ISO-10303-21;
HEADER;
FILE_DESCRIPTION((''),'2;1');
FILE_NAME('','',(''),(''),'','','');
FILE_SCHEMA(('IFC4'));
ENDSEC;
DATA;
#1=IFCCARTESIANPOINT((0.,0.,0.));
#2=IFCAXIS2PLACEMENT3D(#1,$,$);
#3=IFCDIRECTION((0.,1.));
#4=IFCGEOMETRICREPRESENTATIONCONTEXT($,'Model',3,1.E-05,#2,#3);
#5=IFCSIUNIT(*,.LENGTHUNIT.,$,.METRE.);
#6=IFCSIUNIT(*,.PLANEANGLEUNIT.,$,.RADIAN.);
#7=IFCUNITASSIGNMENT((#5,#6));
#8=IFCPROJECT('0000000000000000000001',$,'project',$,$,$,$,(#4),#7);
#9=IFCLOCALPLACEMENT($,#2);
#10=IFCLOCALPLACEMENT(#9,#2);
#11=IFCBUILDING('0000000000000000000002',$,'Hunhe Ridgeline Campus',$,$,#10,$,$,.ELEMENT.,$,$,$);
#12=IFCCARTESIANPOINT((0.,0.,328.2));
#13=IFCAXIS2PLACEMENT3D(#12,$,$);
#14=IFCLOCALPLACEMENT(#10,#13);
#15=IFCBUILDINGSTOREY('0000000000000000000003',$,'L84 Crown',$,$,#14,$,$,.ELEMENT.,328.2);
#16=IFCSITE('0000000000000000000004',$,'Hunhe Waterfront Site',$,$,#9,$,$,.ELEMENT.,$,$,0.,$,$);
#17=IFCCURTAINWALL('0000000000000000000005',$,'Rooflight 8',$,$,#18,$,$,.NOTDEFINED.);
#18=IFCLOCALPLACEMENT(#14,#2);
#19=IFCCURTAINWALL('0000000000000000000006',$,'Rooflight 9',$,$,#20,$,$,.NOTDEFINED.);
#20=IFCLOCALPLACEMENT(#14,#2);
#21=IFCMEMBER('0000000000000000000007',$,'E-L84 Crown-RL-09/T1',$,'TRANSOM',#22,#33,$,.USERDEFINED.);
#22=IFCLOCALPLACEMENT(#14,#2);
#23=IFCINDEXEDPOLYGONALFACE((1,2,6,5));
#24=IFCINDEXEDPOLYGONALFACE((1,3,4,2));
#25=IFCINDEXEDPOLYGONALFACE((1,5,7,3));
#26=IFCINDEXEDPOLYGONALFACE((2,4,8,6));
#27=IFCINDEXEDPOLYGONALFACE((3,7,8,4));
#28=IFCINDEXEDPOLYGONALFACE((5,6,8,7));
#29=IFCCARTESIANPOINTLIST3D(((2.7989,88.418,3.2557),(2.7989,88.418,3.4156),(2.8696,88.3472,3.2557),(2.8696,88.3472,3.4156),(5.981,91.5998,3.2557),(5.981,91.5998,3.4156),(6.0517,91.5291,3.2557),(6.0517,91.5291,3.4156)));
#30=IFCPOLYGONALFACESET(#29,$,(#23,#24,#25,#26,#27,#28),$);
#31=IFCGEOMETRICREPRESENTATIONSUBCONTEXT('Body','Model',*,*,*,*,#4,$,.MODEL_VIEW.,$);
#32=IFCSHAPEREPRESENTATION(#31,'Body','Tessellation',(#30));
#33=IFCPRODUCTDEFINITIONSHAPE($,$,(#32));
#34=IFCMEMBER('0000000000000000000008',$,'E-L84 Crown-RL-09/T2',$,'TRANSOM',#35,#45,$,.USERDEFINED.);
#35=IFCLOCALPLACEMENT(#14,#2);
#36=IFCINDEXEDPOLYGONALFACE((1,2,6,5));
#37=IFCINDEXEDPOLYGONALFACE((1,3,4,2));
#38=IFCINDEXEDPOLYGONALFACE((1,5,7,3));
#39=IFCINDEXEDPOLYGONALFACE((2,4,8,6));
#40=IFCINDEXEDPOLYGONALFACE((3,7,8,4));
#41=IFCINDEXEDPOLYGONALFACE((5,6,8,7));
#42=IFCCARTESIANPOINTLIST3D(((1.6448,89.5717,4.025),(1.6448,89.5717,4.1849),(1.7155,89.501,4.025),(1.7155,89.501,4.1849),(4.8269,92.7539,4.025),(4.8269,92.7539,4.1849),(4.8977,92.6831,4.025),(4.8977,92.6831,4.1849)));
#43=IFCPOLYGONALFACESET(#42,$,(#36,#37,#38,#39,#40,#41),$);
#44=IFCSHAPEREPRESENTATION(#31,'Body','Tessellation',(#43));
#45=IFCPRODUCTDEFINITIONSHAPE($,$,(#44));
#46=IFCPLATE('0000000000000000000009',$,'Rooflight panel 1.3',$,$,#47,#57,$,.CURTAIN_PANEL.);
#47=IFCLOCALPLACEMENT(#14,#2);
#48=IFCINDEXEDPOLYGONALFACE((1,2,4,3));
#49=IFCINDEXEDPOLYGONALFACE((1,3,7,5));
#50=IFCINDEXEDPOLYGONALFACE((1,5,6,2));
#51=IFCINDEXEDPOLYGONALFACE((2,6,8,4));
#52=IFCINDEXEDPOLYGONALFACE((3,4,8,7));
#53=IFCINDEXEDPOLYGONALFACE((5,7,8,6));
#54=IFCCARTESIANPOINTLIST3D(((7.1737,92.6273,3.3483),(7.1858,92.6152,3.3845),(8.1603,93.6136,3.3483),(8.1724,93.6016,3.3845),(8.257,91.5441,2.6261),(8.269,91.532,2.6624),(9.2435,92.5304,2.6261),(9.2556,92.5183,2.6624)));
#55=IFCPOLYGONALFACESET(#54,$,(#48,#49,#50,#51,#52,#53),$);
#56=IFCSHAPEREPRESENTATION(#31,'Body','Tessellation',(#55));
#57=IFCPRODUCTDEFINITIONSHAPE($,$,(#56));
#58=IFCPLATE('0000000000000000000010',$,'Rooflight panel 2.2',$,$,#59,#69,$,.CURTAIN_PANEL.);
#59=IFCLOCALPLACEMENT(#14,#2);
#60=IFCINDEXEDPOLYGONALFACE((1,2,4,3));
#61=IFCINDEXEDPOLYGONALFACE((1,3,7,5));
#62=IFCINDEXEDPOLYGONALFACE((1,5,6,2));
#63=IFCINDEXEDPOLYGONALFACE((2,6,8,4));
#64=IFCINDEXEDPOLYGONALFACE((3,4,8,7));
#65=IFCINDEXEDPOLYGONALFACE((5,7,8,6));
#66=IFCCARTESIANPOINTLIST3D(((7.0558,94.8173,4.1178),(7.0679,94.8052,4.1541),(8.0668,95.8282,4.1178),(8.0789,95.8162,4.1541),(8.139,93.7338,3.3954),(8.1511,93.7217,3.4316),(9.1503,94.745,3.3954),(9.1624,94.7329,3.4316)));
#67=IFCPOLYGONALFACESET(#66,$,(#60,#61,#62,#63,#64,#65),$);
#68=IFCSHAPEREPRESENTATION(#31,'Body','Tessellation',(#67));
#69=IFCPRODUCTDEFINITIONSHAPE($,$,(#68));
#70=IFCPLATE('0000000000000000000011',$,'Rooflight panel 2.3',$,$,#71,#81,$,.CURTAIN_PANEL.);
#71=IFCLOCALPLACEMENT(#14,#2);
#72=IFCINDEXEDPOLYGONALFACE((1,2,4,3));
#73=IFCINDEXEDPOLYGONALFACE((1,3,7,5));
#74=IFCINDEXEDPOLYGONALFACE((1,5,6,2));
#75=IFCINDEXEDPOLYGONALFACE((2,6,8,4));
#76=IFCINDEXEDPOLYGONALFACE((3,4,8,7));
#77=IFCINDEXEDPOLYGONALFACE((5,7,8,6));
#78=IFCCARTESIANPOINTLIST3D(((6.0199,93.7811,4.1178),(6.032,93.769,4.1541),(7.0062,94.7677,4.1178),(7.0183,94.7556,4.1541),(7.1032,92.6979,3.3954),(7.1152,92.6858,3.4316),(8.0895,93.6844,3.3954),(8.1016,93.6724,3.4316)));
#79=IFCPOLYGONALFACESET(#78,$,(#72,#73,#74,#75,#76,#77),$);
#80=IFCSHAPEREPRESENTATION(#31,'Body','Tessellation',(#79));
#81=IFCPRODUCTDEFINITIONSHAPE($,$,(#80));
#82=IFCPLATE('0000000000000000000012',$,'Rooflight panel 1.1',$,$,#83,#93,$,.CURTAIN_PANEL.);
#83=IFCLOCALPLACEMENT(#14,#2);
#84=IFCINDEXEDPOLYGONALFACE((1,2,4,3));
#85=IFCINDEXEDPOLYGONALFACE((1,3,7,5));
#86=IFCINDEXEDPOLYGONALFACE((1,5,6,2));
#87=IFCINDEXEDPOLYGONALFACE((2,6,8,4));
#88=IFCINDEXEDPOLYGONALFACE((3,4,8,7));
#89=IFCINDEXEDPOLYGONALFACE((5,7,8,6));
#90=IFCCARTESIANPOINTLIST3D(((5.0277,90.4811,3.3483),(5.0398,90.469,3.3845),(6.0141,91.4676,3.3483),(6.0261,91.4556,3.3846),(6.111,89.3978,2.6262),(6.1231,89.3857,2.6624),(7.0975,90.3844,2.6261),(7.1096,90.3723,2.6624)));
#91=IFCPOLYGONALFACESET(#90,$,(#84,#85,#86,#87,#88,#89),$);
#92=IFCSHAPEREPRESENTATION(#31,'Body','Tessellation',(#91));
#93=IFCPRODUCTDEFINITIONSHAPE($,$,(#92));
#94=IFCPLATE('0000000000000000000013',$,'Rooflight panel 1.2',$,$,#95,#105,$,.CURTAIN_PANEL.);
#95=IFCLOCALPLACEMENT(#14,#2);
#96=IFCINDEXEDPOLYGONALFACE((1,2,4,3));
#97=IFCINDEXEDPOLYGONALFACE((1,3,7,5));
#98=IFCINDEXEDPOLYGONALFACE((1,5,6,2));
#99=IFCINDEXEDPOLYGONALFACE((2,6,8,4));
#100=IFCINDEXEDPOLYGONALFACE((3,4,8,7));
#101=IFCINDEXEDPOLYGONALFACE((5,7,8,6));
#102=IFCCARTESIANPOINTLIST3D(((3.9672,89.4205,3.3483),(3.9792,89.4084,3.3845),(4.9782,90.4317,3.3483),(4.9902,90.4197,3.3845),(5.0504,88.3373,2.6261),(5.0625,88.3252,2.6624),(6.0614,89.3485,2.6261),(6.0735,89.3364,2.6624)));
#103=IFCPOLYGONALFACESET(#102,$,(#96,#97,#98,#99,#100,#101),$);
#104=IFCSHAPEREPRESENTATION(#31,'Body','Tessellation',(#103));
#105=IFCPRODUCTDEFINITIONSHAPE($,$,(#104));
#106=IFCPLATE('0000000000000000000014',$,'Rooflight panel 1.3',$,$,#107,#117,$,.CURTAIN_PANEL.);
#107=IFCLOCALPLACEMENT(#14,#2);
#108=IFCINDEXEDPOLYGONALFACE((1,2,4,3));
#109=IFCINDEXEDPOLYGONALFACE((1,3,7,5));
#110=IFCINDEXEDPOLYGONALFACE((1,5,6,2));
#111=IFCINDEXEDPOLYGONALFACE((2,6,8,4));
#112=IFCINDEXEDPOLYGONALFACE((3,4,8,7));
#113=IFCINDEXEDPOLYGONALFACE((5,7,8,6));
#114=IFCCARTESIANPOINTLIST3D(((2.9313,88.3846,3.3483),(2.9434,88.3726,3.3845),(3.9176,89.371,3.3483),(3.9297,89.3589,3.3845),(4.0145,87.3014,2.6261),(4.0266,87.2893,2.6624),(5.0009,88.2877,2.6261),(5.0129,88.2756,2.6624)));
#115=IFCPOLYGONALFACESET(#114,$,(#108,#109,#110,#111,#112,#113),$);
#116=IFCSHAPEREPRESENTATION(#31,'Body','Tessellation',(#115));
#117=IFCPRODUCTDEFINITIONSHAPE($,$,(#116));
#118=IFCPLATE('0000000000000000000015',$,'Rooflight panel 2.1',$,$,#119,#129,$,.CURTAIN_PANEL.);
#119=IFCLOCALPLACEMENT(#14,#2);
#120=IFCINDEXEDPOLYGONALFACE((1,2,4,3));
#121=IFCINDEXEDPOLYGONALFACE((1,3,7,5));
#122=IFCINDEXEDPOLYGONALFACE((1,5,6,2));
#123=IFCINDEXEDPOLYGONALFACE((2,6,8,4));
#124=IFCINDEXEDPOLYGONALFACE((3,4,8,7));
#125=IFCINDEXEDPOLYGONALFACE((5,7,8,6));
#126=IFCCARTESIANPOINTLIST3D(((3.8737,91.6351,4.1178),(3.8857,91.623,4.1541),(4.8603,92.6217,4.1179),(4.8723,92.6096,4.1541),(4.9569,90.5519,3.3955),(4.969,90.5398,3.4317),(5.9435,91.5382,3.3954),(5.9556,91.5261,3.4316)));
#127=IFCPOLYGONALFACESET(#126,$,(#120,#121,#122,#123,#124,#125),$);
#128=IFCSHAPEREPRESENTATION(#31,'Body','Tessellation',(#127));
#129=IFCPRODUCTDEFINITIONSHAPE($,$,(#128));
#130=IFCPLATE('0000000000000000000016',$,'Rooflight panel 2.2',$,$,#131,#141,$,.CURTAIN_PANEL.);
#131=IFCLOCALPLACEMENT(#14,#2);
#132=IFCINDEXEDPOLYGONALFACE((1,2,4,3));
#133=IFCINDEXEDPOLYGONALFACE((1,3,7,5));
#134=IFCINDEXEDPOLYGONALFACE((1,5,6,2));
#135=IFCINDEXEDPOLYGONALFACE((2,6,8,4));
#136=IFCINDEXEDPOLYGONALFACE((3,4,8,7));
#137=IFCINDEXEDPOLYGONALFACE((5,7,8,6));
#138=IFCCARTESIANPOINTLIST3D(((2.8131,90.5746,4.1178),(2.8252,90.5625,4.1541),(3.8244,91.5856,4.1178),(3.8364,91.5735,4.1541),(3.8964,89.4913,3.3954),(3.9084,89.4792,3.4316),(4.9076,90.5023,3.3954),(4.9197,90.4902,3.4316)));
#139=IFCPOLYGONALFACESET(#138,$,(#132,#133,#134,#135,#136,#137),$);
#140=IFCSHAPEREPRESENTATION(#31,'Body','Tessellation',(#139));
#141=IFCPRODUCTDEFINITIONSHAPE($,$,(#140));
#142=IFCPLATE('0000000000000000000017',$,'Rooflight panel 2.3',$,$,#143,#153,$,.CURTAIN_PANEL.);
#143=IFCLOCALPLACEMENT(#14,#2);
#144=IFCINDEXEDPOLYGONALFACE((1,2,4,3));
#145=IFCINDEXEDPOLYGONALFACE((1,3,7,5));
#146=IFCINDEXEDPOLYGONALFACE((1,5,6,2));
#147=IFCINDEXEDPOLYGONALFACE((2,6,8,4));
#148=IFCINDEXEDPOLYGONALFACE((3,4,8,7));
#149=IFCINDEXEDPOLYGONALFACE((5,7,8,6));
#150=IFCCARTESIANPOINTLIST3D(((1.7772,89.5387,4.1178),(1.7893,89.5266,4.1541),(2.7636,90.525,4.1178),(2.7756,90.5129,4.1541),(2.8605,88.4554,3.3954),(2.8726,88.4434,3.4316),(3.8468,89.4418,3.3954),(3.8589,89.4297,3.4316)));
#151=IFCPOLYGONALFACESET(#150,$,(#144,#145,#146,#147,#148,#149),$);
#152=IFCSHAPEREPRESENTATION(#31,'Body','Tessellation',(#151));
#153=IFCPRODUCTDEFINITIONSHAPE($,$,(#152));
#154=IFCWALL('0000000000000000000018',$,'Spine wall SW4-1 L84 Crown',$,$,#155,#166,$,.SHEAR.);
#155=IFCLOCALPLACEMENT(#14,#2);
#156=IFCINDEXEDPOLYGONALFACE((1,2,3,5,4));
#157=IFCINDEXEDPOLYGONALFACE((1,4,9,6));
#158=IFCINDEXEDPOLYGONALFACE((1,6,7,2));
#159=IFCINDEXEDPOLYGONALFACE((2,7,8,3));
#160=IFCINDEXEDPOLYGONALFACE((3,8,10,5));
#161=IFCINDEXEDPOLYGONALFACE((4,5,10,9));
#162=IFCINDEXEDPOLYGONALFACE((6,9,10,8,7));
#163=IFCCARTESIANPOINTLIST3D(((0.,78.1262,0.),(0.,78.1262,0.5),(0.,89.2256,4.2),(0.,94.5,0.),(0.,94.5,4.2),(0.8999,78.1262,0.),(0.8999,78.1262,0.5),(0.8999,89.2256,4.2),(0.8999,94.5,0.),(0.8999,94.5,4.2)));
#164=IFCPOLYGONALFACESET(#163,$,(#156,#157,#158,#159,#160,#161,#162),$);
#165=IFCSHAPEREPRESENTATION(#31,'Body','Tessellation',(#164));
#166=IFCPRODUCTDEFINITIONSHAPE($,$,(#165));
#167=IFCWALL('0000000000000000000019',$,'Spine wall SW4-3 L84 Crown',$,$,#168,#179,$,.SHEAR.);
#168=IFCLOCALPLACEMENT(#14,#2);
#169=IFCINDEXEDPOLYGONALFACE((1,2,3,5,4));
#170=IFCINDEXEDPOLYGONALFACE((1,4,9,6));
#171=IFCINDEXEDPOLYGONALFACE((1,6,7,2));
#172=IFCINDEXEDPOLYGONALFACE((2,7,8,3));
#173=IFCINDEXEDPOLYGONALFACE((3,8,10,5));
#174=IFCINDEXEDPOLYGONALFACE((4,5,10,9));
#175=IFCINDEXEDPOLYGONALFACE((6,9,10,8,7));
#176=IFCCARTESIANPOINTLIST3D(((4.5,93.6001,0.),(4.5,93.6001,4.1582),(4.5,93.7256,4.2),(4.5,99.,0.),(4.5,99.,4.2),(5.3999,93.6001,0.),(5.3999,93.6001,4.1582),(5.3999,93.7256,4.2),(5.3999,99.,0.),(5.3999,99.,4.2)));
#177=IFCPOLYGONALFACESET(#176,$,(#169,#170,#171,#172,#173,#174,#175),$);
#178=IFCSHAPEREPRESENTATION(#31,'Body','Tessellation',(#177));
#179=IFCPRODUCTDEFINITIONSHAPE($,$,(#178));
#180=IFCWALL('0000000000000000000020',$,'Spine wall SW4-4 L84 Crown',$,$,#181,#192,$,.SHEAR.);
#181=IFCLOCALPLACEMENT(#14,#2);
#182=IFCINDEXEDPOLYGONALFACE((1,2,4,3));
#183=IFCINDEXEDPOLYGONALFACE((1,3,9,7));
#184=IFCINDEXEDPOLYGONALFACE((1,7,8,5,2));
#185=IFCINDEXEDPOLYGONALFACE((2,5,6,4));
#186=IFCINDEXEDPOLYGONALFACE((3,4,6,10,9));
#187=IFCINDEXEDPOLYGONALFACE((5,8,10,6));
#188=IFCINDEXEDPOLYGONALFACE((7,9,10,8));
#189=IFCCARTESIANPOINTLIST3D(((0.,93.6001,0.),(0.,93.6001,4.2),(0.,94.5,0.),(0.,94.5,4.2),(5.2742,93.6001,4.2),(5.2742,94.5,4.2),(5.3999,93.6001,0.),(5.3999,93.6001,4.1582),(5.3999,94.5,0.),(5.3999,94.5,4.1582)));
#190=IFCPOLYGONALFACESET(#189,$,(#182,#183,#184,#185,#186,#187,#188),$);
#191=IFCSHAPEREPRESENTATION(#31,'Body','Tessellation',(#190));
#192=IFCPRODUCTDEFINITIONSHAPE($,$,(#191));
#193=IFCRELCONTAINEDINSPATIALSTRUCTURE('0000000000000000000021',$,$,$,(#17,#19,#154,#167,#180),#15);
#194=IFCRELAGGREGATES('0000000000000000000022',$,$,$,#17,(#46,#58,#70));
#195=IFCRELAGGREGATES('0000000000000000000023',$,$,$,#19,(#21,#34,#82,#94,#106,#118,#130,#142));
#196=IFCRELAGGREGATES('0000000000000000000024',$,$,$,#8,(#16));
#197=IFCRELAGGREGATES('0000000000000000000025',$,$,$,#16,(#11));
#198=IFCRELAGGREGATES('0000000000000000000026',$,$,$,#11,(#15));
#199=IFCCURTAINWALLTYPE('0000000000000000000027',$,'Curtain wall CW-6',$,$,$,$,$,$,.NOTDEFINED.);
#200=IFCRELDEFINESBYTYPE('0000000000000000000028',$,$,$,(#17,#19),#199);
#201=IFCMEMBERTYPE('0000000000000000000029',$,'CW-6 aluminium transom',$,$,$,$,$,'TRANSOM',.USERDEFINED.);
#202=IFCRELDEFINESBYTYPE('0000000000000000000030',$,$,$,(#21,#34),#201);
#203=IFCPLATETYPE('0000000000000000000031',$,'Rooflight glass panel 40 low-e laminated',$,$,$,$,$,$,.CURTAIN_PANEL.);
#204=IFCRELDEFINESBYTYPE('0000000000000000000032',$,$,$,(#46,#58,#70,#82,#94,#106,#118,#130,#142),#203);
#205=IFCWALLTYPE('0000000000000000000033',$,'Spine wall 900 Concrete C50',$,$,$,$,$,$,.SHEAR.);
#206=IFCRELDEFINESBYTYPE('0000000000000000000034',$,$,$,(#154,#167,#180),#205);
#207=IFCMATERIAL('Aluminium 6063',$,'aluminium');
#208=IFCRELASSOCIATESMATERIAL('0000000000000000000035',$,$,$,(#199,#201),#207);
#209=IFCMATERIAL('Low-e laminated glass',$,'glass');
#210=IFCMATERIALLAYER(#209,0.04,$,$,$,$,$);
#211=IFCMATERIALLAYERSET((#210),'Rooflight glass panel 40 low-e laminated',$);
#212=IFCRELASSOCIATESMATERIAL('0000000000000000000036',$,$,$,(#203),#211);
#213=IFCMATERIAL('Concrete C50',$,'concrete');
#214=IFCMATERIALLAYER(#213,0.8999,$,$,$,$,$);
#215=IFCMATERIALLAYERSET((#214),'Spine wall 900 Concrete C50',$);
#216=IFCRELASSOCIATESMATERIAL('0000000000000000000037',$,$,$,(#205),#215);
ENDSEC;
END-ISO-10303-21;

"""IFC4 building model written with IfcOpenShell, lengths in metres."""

from ifc_helpers import new_model, si_unit, direction, frame, origin, origin_2d, place, context, subcontext, project, spatial, polyline, rectangle, outline, extrude, material, layer, layer_set, material_profile, profile_set, type_object, element, aggregate, save


model = new_model("IFC4")

# Units and contexts
model_context = context("Model", 3, precision=1e-05, world=origin(), true_north=direction((0.0, 1.0)))
body_context = subcontext(model_context, "Body", "Model", "MODEL_VIEW")
ifc_project = project(units=[si_unit("LENGTHUNIT", "METRE"), si_unit("PLANEANGLEUNIT", "RADIAN")], contexts=[model_context])

# Site, building, storey
site_placement = place(None, origin())
site = spatial("IfcSite", under=ifc_project, at=site_placement, Name="Hunhe Waterfront Site", CompositionType="ELEMENT", RefElevation=0.0)
building_placement = place(site_placement, origin())
building = spatial("IfcBuilding", under=site, at=building_placement, Name="Hunhe Ridgeline Campus", CompositionType="ELEMENT")
storey_placement = place(building_placement, frame((0.0, 0.0, 328.2)))
storey = spatial("IfcBuildingStorey", under=building, at=storey_placement, Name="L84 Crown", CompositionType="ELEMENT", Elevation=328.2)

# Curtain walls
ifc_material_1 = material(Name="Aluminium 6063", Category="aluminium")
curtain_wall_type = type_object("IfcCurtainWallType", Name="Curtain wall CW-6", PredefinedType="NOTDEFINED", material=ifc_material_1)
curtain_wall_1_placement = place(storey_placement, origin())
curtain_wall_1 = element("IfcCurtainWall", 1, at=curtain_wall_1_placement, inside=storey, type_object=curtain_wall_type, Name="Rooflight 8", PredefinedType="NOTDEFINED")
curtain_wall_2_placement = place(storey_placement, origin())
curtain_wall_2 = element("IfcCurtainWall", 2, at=curtain_wall_2_placement, inside=storey, type_object=curtain_wall_type, Name="Rooflight 9", PredefinedType="NOTDEFINED")

# Members
ifc_material_profile_1 = material_profile(ifc_material_1, rectangle(XDim=0.1001, YDim=0.1599, at=origin_2d()))
ifc_profile_set_1 = profile_set([ifc_material_profile_1], Name="Aluminium 6063")
member_type_1 = type_object("IfcMemberType", Name="CW-6 aluminium transom", ElementType="TRANSOM", PredefinedType="USERDEFINED", material=ifc_profile_set_1)
member_1_placement = place(storey_placement, frame((6.0164, 91.5645, 3.3357), z_axis=(-0.707134, -0.70708, 0.0), x_axis=(0.70708, -0.707134, 0.0)))
member_1 = element("IfcMember", 3, at=member_1_placement, type_object=member_type_1, Name="E-L84 Crown-RL-09/T1", ObjectType="TRANSOM", PredefinedType="USERDEFINED", context=body_context, shape_type="SweptSolid", body=[
    extrude(rectangle(XDim=0.1001, YDim=0.1599, at=origin_2d()), origin(), (0.0, 0.0, 1.0), 4.5),
])
member_2_placement = place(storey_placement, frame((4.8623, 92.7185, 4.105), z_axis=(-0.707107, -0.707107, 0.0), x_axis=(0.707107, -0.707107, 0.0)))
member_2 = element("IfcMember", 4, at=member_2_placement, type_object=member_type_1, Name="E-L84 Crown-RL-09/T2", ObjectType="TRANSOM", PredefinedType="USERDEFINED", context=body_context, shape_type="SweptSolid", body=[
    extrude(rectangle(XDim=0.1001, YDim=0.1599, at=origin_2d()), origin(), (0.0, 0.0, 1.0), 4.5002),
])

# Plates
ifc_material_2 = material(Name="Low-e laminated glass", Category="glass")
ifc_layer_1 = layer(ifc_material_2, 0.04)
ifc_layer_set_1 = layer_set([ifc_layer_1], Name="Rooflight glass panel 40 low-e laminated")
plate_type = type_object("IfcPlateType", Name="Rooflight glass panel 40 low-e laminated", PredefinedType="CURTAIN_PANEL", material=ifc_layer_set_1)
plate_1_placement = place(storey_placement, frame((9.2556, 92.5183, 2.6624), z_axis=(0.301474, -0.301549, 0.904534), x_axis=(-0.639602, 0.639602, 0.426401)))
plate_1 = element("IfcPlate", 5, at=plate_1_placement, type_object=plate_type, Name="Rooflight panel 1.3", PredefinedType="CURTAIN_PANEL", context=body_context, shape_type="SweptSolid", body=[
    extrude(outline(polyline([(0.0, 0.0), (1.6936, 0.0), (1.6938, 1.3951), (0.0002, 1.3951), (0.0, 0.0)])), origin(), (0.0, 0.0, -1.0), 0.04),
])
plate_2_placement = place(storey_placement, frame((9.1624, 94.7329, 3.4316), z_axis=(0.301567, -0.301567, 0.904497), x_axis=(-0.639648, 0.639504, 0.42648)))
plate_2 = element("IfcPlate", 6, at=plate_2_placement, type_object=plate_type, Name="Rooflight panel 2.2", PredefinedType="CURTAIN_PANEL", context=body_context, shape_type="SweptSolid", body=[
    extrude(outline(polyline([(0.0, 0.0), (1.6939, 0.0), (1.694, 1.4298), (0.0001, 1.4301), (0.0, 0.0)])), origin(), (0.0, 0.0, -1.0), 0.04),
])
plate_3_placement = place(storey_placement, frame((8.1016, 93.6724, 3.4316), z_axis=(0.301632, -0.301557, 0.904478), x_axis=(-0.639563, 0.639563, 0.426519)))
plate_3 = element("IfcPlate", 7, at=plate_3_placement, type_object=plate_type, Name="Rooflight panel 2.3", PredefinedType="CURTAIN_PANEL", context=body_context, shape_type="SweptSolid", body=[
    extrude(outline(polyline([(0.0, 0.0), (1.6937, 0.0), (1.6936, 1.3951), (-0.0002, 1.3951), (0.0, 0.0)])), origin(), (0.0, 0.0, -1.0), 0.04),
])
aggregate(curtain_wall_1, [plate_1, plate_2, plate_3])
plate_4_placement = place(storey_placement, frame((7.1096, 90.3723, 2.6624), z_axis=(0.301516, -0.301479, 0.904543), x_axis=(-0.639681, 0.639537, 0.426382)))
plate_4 = element("IfcPlate", 8, at=plate_4_placement, type_object=plate_type, Name="Rooflight panel 1.1", PredefinedType="CURTAIN_PANEL", context=body_context, shape_type="SweptSolid", body=[
    extrude(outline(polyline([(0.0, 0.0), (1.6938, 0.0), (1.6938, 1.3951), (0.0001, 1.3952), (0.0, 0.0)])), origin(), (0.0, 0.0, -1.0), 0.04),
])
plate_5_placement = place(storey_placement, frame((6.0735, 89.3364, 2.6624), z_axis=(0.301548, -0.301475, 0.904534), x_axis=(-0.639602, 0.639602, 0.426401)))
plate_5 = element("IfcPlate", 9, at=plate_5_placement, type_object=plate_type, Name="Rooflight panel 1.2", PredefinedType="CURTAIN_PANEL", context=body_context, shape_type="SweptSolid", body=[
    extrude(outline(polyline([(0.0, 0.0), (1.6936, 0.0), (1.6935, 1.4299), (-0.0002, 1.4299), (0.0, 0.0)])), origin(), (0.0, 0.0, -1.0), 0.04),
])
plate_6_placement = place(storey_placement, frame((5.0129, 88.2756, 2.6624), z_axis=(0.301511, -0.301511, 0.904534), x_axis=(-0.639602, 0.639602, 0.426401)))
plate_6 = element("IfcPlate", 10, at=plate_6_placement, type_object=plate_type, Name="Rooflight panel 1.3", PredefinedType="CURTAIN_PANEL", context=body_context, shape_type="SweptSolid", body=[
    extrude(outline(polyline([(0.0, 0.0), (1.6936, 0.0), (1.6936, 1.3949), (0.0, 1.3949), (0.0, 0.0)])), origin(), (0.0, 0.0, -1.0), 0.04),
])
plate_7_placement = place(storey_placement, frame((5.9556, 91.5261, 3.4316), z_axis=(0.301562, -0.301599, 0.904488), x_axis=(-0.639497, 0.639641, 0.4265)))
plate_7 = element("IfcPlate", 11, at=plate_7_placement, type_object=plate_type, Name="Rooflight panel 2.1", PredefinedType="CURTAIN_PANEL", context=body_context, shape_type="SweptSolid", body=[
    extrude(outline(polyline([(0.0, 0.0), (1.6939, 0.0), (1.6938, 1.3952), (0.0, 1.3951), (0.0, 0.0)])), origin(), (0.0, 0.0, -1.0), 0.04),
])
plate_8_placement = place(storey_placement, frame((4.9197, 90.4902, 3.4316), z_axis=(0.301558, -0.301631, 0.904478), x_axis=(-0.639563, 0.639563, 0.426519)))
plate_8 = element("IfcPlate", 12, at=plate_8_placement, type_object=plate_type, Name="Rooflight panel 2.2", PredefinedType="CURTAIN_PANEL", context=body_context, shape_type="SweptSolid", body=[
    extrude(outline(polyline([(0.0, 0.0), (1.6937, 0.0), (1.6939, 1.4299), (0.0002, 1.4299), (0.0, 0.0)])), origin(), (0.0, 0.0, -1.0), 0.04),
])
plate_9_placement = place(storey_placement, frame((3.8589, 89.4297, 3.4316), z_axis=(0.301595, -0.301595, 0.904478), x_axis=(-0.639563, 0.639563, 0.426519)))
plate_9 = element("IfcPlate", 13, at=plate_9_placement, type_object=plate_type, Name="Rooflight panel 2.3", PredefinedType="CURTAIN_PANEL", context=body_context, shape_type="SweptSolid", body=[
    extrude(outline(polyline([(0.0, 0.0), (1.6937, 0.0), (1.6937, 1.3949), (0.0, 1.3949), (0.0, 0.0)])), origin(), (0.0, 0.0, -1.0), 0.04),
])
aggregate(curtain_wall_2, [member_1, member_2, plate_4, plate_5, plate_6, plate_7, plate_8, plate_9])

# Walls
ifc_material_3 = material(Name="Concrete C50", Category="concrete")
ifc_layer_2 = layer(ifc_material_3, 0.8999)
ifc_layer_set_2 = layer_set([ifc_layer_2], Name="Spine wall 900 Concrete C50")
wall_type = type_object("IfcWallType", Name="Spine wall 900 Concrete C50", PredefinedType="SHEAR", material=ifc_layer_set_2)
wall_1_placement = place(storey_placement, frame((0.45, 94.5, 0.0), z_axis=(0.0, 0.0, 1.0), x_axis=(0.0, -1.0, 0.0)))
element("IfcWall", 14, at=wall_1_placement, inside=storey, type_object=wall_type, Name="Spine wall SW4-1 L84 Crown", PredefinedType="SHEAR", context=body_context, shape_type="SweptSolid", body=[
    extrude(outline(polyline([(0.0, 0.0), (16.3738, 0.0), (16.3738, 0.5), (5.2744, 4.2), (0.0, 4.2), (0.0, 0.0)])), frame((0.0, 0.45, 0.0), z_axis=(0.0, -1.0, 0.0), x_axis=(1.0, 0.0, 0.0)), (0.0, 0.0, 1.0), 0.8999),
])
wall_2_placement = place(storey_placement, frame((4.95, 99.0, 0.0), z_axis=(0.0, 0.0, 1.0), x_axis=(0.0, -1.0, 0.0)))
element("IfcWall", 15, at=wall_2_placement, inside=storey, type_object=wall_type, Name="Spine wall SW4-3 L84 Crown", PredefinedType="SHEAR", context=body_context, shape_type="SweptSolid", body=[
    extrude(outline(polyline([(0.0, 0.0), (5.3999, 0.0), (5.3999, 4.1582), (5.2744, 4.2), (0.0, 4.2), (0.0, 0.0)])), frame((0.0, 0.45, 0.0), z_axis=(0.0, -1.0, 0.0), x_axis=(1.0, 0.0, 0.0)), (0.0, 0.0, 1.0), 0.8999),
])
wall_3_placement = place(storey_placement, frame((5.3999, 94.05, 0.0), z_axis=(0.0, 0.0, 1.0), x_axis=(-1.0, 0.0, 0.0)))
element("IfcWall", 16, at=wall_3_placement, inside=storey, type_object=wall_type, Name="Spine wall SW4-4 L84 Crown", PredefinedType="SHEAR", context=body_context, shape_type="SweptSolid", body=[
    extrude(outline(polyline([(0.0, 0.0), (5.3999, 0.0), (5.3999, 4.2), (0.1257, 4.2), (0.0, 4.1582), (0.0, 0.0)])), frame((0.0, 0.45, 0.0), z_axis=(0.0, -1.0, 0.0), x_axis=(1.0, 0.0, 0.0)), (0.0, 0.0, 1.0), 0.8999),
])

save(model, "model.ifc")
